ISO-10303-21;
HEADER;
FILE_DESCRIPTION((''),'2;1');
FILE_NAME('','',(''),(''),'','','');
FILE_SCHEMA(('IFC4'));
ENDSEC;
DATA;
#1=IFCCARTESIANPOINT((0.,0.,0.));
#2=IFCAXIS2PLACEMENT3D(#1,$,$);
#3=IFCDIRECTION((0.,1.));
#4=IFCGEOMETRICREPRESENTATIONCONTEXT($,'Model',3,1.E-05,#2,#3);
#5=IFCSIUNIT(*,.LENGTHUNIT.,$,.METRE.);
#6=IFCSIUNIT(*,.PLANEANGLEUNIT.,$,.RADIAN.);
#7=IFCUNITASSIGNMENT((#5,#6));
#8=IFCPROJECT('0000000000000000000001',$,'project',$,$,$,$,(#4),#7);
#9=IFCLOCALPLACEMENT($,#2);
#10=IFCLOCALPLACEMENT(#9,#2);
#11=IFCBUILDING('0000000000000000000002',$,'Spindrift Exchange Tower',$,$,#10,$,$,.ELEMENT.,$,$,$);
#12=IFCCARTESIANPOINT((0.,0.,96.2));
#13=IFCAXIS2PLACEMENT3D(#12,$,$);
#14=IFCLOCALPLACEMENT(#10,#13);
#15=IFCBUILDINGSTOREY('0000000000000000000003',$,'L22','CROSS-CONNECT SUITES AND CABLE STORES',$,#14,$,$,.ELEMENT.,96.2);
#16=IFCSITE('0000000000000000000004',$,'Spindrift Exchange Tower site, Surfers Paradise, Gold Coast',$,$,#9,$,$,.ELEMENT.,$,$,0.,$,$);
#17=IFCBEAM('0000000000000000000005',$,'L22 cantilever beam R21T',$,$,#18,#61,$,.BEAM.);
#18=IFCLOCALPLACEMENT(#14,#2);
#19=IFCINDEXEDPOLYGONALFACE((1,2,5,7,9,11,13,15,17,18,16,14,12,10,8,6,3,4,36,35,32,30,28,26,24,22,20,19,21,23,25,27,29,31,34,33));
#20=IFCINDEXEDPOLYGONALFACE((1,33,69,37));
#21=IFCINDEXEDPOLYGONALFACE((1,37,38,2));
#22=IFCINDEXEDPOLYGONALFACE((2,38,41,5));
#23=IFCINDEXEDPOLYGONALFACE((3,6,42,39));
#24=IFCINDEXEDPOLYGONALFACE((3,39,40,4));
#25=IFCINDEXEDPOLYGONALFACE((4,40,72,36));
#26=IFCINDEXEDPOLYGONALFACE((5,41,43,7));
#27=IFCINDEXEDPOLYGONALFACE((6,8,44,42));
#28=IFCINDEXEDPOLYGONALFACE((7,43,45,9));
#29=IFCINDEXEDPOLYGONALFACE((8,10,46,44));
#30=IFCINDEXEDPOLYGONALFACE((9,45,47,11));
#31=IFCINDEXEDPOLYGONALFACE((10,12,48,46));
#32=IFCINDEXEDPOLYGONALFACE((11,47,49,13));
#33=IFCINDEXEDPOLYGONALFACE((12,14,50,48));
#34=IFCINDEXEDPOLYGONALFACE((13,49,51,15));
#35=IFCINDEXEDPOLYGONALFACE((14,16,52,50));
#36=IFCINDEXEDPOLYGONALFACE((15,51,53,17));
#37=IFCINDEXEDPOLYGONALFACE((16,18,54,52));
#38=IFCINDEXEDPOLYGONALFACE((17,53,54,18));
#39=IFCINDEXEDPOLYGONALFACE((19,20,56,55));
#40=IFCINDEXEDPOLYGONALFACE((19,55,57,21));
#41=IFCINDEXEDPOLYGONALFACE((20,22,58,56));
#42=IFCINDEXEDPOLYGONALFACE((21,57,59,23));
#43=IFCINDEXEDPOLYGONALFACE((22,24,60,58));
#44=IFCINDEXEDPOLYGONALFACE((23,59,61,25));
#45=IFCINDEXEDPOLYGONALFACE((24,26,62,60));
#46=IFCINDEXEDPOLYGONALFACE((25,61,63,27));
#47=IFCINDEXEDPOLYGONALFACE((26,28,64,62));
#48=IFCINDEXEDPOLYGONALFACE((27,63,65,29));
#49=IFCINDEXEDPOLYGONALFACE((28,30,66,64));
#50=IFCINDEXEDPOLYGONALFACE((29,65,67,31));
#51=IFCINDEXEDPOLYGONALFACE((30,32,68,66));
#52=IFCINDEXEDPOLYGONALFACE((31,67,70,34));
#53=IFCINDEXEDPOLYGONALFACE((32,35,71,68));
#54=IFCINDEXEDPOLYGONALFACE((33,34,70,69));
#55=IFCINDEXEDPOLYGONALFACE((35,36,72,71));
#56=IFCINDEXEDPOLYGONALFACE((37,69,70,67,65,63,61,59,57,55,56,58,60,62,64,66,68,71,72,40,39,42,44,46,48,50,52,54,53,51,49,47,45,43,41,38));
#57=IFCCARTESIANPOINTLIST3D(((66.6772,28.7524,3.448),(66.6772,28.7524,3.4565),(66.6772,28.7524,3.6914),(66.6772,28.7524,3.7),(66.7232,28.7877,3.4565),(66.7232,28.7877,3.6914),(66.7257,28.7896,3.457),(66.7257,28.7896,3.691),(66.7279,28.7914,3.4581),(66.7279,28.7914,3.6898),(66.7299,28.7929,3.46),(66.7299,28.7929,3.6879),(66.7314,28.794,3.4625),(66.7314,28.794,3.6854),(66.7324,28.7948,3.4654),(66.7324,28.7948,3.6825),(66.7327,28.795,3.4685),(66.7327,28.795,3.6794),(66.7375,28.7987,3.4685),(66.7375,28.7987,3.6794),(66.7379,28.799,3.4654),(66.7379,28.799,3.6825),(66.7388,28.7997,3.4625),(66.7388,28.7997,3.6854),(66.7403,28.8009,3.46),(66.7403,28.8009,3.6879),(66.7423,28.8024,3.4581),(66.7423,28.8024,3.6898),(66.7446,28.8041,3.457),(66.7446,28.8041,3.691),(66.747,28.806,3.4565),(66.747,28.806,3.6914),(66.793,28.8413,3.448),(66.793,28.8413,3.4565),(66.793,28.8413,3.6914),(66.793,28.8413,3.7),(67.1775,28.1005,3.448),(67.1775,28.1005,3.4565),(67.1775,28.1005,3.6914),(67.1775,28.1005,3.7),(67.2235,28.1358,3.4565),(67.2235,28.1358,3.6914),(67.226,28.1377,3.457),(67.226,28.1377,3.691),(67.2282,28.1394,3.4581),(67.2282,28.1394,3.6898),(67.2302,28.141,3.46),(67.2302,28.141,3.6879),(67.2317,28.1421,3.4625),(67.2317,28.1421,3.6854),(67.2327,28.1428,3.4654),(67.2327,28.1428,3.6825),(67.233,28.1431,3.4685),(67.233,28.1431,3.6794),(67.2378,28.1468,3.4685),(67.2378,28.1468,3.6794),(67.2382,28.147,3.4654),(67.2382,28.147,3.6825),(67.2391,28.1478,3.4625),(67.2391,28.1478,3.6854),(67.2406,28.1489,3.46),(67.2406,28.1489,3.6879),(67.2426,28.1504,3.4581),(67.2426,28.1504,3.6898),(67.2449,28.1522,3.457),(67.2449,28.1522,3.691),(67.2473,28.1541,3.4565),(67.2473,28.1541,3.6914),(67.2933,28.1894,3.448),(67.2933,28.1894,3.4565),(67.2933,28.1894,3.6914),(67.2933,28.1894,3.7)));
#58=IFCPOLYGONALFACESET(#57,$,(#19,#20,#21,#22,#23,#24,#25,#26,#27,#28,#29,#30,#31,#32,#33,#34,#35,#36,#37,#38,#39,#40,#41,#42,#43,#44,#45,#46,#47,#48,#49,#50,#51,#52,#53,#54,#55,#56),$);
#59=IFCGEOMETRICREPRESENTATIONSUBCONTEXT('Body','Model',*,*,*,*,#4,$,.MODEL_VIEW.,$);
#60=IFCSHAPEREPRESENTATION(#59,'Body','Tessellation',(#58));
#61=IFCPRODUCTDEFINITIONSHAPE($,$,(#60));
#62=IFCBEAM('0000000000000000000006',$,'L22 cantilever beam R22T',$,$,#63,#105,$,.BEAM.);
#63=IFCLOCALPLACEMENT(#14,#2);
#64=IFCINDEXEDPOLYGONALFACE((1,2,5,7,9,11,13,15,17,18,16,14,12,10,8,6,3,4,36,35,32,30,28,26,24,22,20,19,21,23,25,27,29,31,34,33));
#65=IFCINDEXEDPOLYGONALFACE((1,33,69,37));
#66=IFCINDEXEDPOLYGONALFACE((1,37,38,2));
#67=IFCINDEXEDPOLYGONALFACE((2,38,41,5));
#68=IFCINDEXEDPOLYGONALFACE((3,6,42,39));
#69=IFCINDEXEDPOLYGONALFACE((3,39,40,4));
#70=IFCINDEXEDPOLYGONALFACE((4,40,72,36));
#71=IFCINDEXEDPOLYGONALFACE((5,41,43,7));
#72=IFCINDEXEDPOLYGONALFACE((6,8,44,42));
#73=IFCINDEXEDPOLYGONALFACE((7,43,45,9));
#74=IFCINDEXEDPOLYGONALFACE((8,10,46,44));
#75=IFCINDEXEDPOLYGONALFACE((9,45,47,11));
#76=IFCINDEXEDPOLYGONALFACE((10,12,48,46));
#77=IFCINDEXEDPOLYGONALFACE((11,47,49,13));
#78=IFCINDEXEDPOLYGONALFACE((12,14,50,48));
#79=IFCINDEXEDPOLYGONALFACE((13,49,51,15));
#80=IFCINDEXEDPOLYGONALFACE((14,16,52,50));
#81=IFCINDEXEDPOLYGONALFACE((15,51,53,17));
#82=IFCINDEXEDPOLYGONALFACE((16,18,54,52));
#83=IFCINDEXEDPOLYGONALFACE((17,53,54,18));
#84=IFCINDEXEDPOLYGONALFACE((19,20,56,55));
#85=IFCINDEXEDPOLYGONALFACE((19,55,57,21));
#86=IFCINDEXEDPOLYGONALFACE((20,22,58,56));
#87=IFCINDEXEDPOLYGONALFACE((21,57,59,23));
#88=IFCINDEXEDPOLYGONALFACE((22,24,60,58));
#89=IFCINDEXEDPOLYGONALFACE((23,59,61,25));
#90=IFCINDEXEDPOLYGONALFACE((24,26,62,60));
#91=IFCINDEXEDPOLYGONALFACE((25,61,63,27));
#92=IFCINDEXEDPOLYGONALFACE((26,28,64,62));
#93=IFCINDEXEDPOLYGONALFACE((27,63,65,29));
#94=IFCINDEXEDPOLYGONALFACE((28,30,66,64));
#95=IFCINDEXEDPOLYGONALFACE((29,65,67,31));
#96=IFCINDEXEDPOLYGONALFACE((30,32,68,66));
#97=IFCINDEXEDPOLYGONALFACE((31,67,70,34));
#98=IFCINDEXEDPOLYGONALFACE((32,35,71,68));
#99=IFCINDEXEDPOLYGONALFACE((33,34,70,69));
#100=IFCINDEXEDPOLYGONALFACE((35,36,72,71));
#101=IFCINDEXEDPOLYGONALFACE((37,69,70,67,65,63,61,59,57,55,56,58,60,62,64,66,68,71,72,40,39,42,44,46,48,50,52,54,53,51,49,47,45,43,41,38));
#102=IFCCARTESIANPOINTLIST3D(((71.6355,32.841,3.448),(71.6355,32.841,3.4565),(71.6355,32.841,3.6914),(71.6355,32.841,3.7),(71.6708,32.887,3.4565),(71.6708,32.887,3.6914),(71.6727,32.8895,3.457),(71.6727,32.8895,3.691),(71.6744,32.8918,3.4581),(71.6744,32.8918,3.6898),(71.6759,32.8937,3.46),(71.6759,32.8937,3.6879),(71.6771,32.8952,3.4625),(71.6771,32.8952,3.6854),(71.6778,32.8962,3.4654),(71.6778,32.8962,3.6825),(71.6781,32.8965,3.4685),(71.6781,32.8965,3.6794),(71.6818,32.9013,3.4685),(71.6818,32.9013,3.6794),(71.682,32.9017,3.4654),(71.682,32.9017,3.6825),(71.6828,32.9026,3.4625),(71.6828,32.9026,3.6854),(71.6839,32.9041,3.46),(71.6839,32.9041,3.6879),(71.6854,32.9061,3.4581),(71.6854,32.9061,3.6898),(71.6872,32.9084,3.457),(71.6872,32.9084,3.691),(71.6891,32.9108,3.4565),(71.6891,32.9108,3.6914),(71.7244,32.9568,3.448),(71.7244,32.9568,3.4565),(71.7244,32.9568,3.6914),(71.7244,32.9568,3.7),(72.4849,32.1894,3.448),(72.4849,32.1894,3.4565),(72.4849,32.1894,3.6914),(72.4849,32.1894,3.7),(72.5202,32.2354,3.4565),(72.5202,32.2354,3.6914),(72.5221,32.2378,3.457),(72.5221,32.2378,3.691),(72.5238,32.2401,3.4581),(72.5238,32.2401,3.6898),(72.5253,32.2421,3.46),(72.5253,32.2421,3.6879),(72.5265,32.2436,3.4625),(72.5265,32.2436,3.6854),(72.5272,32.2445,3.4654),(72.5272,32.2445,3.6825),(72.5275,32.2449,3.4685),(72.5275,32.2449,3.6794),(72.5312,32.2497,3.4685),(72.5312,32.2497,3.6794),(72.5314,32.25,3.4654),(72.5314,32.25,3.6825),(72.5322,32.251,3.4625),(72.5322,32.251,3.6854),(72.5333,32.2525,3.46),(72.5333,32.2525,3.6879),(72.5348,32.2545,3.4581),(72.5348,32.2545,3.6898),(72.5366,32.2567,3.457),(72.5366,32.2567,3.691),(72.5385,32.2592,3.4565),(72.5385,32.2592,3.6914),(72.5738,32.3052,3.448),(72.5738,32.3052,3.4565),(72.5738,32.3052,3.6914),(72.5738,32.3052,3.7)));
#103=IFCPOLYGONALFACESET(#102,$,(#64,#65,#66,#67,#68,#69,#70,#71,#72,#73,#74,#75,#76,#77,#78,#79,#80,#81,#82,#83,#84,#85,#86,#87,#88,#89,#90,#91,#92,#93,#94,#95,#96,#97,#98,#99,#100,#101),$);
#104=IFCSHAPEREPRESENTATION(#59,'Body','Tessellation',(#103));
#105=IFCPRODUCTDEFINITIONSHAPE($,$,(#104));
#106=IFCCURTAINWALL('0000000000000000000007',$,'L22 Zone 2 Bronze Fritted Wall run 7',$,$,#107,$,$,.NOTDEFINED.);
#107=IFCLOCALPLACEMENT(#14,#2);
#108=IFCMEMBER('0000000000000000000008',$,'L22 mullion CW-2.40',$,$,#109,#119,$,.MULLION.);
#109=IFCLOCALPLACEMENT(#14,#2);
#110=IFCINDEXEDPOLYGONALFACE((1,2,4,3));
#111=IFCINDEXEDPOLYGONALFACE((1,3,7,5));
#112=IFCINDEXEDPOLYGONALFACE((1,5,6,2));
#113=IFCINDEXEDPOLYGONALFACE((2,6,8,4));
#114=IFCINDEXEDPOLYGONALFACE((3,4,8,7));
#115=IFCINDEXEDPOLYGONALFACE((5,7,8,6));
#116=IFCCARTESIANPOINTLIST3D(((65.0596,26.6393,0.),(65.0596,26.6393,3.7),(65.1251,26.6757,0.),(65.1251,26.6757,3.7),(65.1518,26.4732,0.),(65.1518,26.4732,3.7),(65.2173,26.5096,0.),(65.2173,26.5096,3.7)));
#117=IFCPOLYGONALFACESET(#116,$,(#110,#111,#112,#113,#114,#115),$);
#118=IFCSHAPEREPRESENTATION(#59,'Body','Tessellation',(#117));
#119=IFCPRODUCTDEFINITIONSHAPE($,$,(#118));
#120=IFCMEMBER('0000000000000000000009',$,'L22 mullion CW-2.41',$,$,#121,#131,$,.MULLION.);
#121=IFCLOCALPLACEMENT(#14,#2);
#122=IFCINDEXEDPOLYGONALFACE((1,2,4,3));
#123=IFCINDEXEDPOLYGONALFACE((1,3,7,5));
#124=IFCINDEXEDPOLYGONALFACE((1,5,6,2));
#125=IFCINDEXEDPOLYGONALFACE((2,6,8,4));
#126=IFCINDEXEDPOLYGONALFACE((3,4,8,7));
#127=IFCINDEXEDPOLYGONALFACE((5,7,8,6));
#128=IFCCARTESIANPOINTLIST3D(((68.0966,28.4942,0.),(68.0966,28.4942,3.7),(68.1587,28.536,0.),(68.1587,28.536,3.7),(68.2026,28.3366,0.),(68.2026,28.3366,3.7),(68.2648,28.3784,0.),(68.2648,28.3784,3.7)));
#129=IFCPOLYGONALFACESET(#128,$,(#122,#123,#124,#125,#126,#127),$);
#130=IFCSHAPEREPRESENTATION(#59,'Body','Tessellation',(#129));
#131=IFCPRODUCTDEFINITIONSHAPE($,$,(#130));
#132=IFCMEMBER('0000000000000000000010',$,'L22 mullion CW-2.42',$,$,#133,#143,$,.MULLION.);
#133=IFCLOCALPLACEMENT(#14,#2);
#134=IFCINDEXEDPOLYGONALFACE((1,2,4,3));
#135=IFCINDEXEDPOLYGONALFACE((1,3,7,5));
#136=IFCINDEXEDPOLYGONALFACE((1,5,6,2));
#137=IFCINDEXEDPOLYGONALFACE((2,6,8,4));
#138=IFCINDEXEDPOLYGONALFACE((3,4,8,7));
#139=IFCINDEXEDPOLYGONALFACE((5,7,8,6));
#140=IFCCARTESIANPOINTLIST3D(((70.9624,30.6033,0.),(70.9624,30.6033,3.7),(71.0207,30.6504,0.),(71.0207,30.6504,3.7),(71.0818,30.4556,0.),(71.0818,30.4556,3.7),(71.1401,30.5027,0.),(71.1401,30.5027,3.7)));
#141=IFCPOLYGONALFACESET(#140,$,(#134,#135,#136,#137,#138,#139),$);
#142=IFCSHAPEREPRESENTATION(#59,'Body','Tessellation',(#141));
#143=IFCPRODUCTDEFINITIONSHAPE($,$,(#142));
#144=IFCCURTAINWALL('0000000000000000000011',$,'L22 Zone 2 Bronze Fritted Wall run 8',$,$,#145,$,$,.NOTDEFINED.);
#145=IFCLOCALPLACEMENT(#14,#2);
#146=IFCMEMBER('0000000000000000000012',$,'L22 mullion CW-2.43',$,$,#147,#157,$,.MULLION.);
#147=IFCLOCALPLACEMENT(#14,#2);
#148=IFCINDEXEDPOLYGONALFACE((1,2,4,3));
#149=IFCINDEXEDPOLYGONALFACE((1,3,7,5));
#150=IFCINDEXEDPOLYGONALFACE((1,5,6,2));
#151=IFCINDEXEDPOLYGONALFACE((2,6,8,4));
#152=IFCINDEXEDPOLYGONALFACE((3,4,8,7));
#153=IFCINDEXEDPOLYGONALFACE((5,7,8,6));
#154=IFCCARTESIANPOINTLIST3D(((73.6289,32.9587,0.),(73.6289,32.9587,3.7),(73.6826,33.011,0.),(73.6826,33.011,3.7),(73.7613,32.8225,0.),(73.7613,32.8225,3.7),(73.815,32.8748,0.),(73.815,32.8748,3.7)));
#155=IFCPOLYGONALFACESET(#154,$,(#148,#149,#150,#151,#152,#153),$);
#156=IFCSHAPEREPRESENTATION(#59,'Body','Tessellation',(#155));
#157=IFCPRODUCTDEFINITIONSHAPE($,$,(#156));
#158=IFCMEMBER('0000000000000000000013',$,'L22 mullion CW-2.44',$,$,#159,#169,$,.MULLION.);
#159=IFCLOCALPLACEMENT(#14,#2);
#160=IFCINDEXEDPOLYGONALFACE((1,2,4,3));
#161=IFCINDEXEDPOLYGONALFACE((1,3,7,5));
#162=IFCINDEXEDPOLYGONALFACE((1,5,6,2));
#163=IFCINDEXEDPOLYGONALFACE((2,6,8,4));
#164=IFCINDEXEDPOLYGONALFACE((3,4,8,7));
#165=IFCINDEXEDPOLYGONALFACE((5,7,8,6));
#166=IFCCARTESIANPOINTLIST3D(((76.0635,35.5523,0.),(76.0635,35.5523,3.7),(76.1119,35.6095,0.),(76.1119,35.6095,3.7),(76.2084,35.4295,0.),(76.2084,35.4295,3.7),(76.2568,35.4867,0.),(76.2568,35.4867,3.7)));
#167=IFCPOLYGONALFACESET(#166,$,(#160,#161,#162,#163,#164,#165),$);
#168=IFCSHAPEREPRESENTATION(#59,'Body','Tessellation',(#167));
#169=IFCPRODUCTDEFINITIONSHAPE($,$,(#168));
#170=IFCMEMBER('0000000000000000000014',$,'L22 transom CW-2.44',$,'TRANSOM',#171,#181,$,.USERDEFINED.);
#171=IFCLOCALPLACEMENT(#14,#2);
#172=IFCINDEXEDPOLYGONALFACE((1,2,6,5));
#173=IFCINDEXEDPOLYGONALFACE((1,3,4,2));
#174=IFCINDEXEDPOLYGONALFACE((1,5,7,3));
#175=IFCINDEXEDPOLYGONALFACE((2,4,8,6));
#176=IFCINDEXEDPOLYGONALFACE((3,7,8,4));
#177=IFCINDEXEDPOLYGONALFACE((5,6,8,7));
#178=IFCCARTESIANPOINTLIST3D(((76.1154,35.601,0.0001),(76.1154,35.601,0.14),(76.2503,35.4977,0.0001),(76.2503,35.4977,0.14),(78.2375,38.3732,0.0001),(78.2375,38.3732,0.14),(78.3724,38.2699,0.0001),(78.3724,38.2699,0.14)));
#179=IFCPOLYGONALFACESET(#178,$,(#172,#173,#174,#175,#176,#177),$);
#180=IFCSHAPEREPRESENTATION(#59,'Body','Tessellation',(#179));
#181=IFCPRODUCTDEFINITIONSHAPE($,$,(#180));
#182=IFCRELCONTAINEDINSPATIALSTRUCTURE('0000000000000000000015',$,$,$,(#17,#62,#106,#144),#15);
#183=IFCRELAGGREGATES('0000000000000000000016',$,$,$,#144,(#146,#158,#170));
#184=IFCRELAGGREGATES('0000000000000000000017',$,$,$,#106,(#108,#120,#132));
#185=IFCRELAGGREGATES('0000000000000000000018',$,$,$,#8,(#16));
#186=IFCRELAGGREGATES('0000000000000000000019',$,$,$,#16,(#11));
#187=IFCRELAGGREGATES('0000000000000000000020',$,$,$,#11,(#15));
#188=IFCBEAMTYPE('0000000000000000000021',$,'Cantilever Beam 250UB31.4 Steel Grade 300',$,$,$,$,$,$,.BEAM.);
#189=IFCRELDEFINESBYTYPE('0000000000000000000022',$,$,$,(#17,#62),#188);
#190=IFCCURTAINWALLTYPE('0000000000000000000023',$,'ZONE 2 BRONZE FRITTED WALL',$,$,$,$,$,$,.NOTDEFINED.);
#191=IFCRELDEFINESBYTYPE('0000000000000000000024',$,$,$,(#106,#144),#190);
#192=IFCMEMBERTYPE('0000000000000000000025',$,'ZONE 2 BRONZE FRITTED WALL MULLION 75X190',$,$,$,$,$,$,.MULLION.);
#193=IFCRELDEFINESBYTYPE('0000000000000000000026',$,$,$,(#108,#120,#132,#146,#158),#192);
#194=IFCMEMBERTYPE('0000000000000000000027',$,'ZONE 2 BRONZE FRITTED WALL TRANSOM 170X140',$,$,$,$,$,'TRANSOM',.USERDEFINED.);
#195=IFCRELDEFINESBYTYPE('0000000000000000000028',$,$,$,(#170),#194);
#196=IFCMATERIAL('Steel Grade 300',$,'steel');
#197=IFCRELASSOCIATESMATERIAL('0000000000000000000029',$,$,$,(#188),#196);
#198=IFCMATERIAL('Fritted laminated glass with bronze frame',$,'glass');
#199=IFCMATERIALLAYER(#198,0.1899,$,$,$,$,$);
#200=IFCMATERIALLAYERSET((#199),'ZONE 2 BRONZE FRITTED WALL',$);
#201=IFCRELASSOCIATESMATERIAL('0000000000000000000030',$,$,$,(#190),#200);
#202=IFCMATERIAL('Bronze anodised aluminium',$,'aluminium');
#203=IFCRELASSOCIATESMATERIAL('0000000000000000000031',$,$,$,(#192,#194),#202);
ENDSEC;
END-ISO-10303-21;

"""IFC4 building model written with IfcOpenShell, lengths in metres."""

from ifc_helpers import new_model, si_unit, direction, frame, origin, origin_2d, place, context, subcontext, project, spatial, rectangle, i_section, extrude, source, transform, mapped, material, layer, layer_set, material_profile, profile_set, type_object, element, aggregate, save


model = new_model("IFC4")

# Units and contexts
model_context = context("Model", 3, precision=1e-05, world=origin(), true_north=direction((0.0, 1.0)))
body_context = subcontext(model_context, "Body", "Model", "MODEL_VIEW")
ifc_project = project(units=[si_unit("LENGTHUNIT", "METRE"), si_unit("PLANEANGLEUNIT", "RADIAN")], contexts=[model_context])

# Site, building, storey
site_placement = place(None, origin())
site = spatial("IfcSite", under=ifc_project, at=site_placement, Name="Spindrift Exchange Tower site, Surfers Paradise, Gold Coast", CompositionType="ELEMENT", RefElevation=0.0)
building_placement = place(site_placement, origin())
building = spatial("IfcBuilding", under=site, at=building_placement, Name="Spindrift Exchange Tower", CompositionType="ELEMENT")
storey_placement = place(building_placement, frame((0.0, 0.0, 96.2)))
storey = spatial("IfcBuildingStorey", under=building, at=storey_placement, Name="L22", Description="CROSS-CONNECT SUITES AND CABLE STORES", CompositionType="ELEMENT", Elevation=96.2)

# Beams
ifc_material_1 = material(Name="Steel Grade 300", Category="steel")
ifc_material_profile_1 = material_profile(ifc_material_1, i_section(OverallWidth=0.146, OverallDepth=0.252, WebThickness=0.0061, FlangeThickness=0.0085, FilletRadius=0.012, at=origin_2d()), Name="250UB31.4")
ifc_profile_set_1 = profile_set([ifc_material_profile_1], Name="Steel Grade 300")
beam_type_1 = type_object("IfcBeamType", Name="Cantilever Beam 250UB31.4 Steel Grade 300", PredefinedType="BEAM", material=ifc_profile_set_1)
shared_shape_1 = source(origin(), body_context, "Body", "SweptSolid", [
    extrude(i_section(OverallWidth=0.146, OverallDepth=0.252, WebThickness=0.0061, FlangeThickness=0.0085, FilletRadius=0.012, at=origin_2d()), origin(), (0.0, 0.0, 1.0), 0.8218),
])
beam_1_placement = place(storey_placement, frame((66.7351, 28.7969, 3.574), z_axis=(0.608806, -0.793319, 0.0), x_axis=(0.793319, 0.608806, 0.0)))
element("IfcBeam", 1, at=beam_1_placement, inside=storey, type_object=beam_type_1, Name="L22 cantilever beam R21T", PredefinedType="BEAM", context=body_context, shape_type="MappedRepresentation", body=[
    mapped(shared_shape_1, transform((0.0, 0.0, 0.0), scale=1.0)),
])
shared_shape_2 = source(origin(), body_context, "Body", "SweptSolid", [
    extrude(i_section(OverallWidth=0.146, OverallDepth=0.252, WebThickness=0.0061, FlangeThickness=0.0085, FilletRadius=0.012, at=origin_2d()), origin(), (0.0, 0.0, 1.0), 1.0706),
])
beam_2_placement = place(storey_placement, frame((71.6799, 32.8989, 3.574), z_axis=(0.793412, -0.608685, 0.0), x_axis=(0.608685, 0.793412, 0.0)))
element("IfcBeam", 2, at=beam_2_placement, inside=storey, type_object=beam_type_1, Name="L22 cantilever beam R22T", PredefinedType="BEAM", context=body_context, shape_type="MappedRepresentation", body=[
    mapped(shared_shape_2, transform((0.0, 0.0, 0.0), scale=1.0)),
])

# Curtain walls, members
ifc_material_2 = material(Name="Fritted laminated glass with bronze frame", Category="glass")
ifc_layer_1 = layer(ifc_material_2, 0.1899)
ifc_layer_set_1 = layer_set([ifc_layer_1], Name="ZONE 2 BRONZE FRITTED WALL")
curtain_wall_type = type_object("IfcCurtainWallType", Name="ZONE 2 BRONZE FRITTED WALL", PredefinedType="NOTDEFINED", material=ifc_layer_set_1)
curtain_wall_1_placement = place(storey_placement, origin())
curtain_wall_1 = element("IfcCurtainWall", 3, at=curtain_wall_1_placement, inside=storey, type_object=curtain_wall_type, Name="L22 Zone 2 Bronze Fritted Wall run 7", PredefinedType="NOTDEFINED")
ifc_material_3 = material(Name="Bronze anodised aluminium", Category="aluminium")
ifc_material_profile_2 = material_profile(ifc_material_3, rectangle(XDim=0.075, YDim=0.1899, at=origin_2d()), Name="ZONE 2 BRONZE FRITTED WALL MULLION 75X190")
ifc_profile_set_2 = profile_set([ifc_material_profile_2], Name="Bronze anodised aluminium")
member_type_1 = type_object("IfcMemberType", Name="ZONE 2 BRONZE FRITTED WALL MULLION 75X190", PredefinedType="MULLION", material=ifc_profile_set_2)
shared_shape_3 = source(origin(), body_context, "Body", "SweptSolid", [
    extrude(rectangle(XDim=0.075, YDim=0.1899, at=origin_2d()), origin(), (0.0, 0.0, 1.0), 3.7),
])
member_1_placement = place(storey_placement, frame((65.1384, 26.5745, 0.0), z_axis=(0.0, 0.0, 1.0), x_axis=(0.874271, 0.485438, 0.0)))
member_1 = element("IfcMember", 4, at=member_1_placement, type_object=member_type_1, Name="L22 mullion CW-2.40", PredefinedType="MULLION", context=body_context, shape_type="MappedRepresentation", body=[
    mapped(shared_shape_3, transform((0.0, 0.0, 0.0), scale=1.0)),
])
member_2_placement = place(storey_placement, frame((68.1807, 28.4363, 0.0), z_axis=(0.0, 0.0, 1.0), x_axis=(0.829659, 0.55827, 0.0)))
member_2 = element("IfcMember", 5, at=member_2_placement, type_object=member_type_1, Name="L22 mullion CW-2.41", PredefinedType="MULLION", context=body_context, shape_type="MappedRepresentation", body=[
    mapped(shared_shape_3, transform((0.0, 0.0, 0.0), scale=1.0)),
])
member_3_placement = place(storey_placement, frame((71.0513, 30.553, 0.0), z_axis=(0.0, 0.0, 1.0), x_axis=(0.777597, 0.628763, 0.0)))
member_3 = element("IfcMember", 6, at=member_3_placement, type_object=member_type_1, Name="L22 mullion CW-2.42", PredefinedType="MULLION", context=body_context, shape_type="MappedRepresentation", body=[
    mapped(shared_shape_3, transform((0.0, 0.0, 0.0), scale=1.0)),
])
curtain_wall_2_placement = place(storey_placement, origin())
curtain_wall_2 = element("IfcCurtainWall", 7, at=curtain_wall_2_placement, inside=storey, type_object=curtain_wall_type, Name="L22 Zone 2 Bronze Fritted Wall run 8", PredefinedType="NOTDEFINED")
member_4_placement = place(storey_placement, frame((73.7219, 32.9167, 0.0), z_axis=(0.0, 0.0, 1.0), x_axis=(0.717028, 0.697044, 0.0)))
member_4 = element("IfcMember", 8, at=member_4_placement, type_object=member_type_1, Name="L22 mullion CW-2.43", PredefinedType="MULLION", context=body_context, shape_type="MappedRepresentation", body=[
    mapped(shared_shape_3, transform((0.0, 0.0, 0.0), scale=1.0)),
])
member_5_placement = place(storey_placement, frame((76.1602, 35.5195, 0.0), z_axis=(0.0, 0.0, 1.0), x_axis=(0.64656, 0.762864, 0.0)))
member_5 = element("IfcMember", 9, at=member_5_placement, type_object=member_type_1, Name="L22 mullion CW-2.44", PredefinedType="MULLION", context=body_context, shape_type="MappedRepresentation", body=[
    mapped(shared_shape_3, transform((0.0, 0.0, 0.0), scale=1.0)),
])
ifc_material_profile_3 = material_profile(ifc_material_3, rectangle(XDim=0.1699, YDim=0.1399, at=origin_2d()), Name="ZONE 2 BRONZE FRITTED WALL TRANSOM 170X140")
ifc_profile_set_3 = profile_set([ifc_material_profile_3], Name="Bronze anodised aluminium")
member_type_2 = type_object("IfcMemberType", Name="ZONE 2 BRONZE FRITTED WALL TRANSOM 170X140", ElementType="TRANSOM", PredefinedType="USERDEFINED", material=ifc_profile_set_3)
shared_shape_4 = source(origin(), body_context, "Body", "SweptSolid", [
    extrude(rectangle(XDim=0.1699, YDim=0.1399, at=origin_2d()), origin(), (0.0, 0.0, 1.0), 3.4912),
])
member_6_placement = place(storey_placement, frame((76.1829, 35.5493, 0.0701), z_axis=(0.607837, 0.794062, 0.0), x_axis=(-0.794062, 0.607837, 0.0)))
member_6 = element("IfcMember", 10, at=member_6_placement, type_object=member_type_2, Name="L22 transom CW-2.44", ObjectType="TRANSOM", PredefinedType="USERDEFINED", context=body_context, shape_type="MappedRepresentation", body=[
    mapped(shared_shape_4, transform((0.0, 0.0, 0.0), scale=1.0)),
])

aggregate(curtain_wall_2, [member_4, member_5, member_6])
aggregate(curtain_wall_1, [member_1, member_2, member_3])

save(model, "model.ifc")
